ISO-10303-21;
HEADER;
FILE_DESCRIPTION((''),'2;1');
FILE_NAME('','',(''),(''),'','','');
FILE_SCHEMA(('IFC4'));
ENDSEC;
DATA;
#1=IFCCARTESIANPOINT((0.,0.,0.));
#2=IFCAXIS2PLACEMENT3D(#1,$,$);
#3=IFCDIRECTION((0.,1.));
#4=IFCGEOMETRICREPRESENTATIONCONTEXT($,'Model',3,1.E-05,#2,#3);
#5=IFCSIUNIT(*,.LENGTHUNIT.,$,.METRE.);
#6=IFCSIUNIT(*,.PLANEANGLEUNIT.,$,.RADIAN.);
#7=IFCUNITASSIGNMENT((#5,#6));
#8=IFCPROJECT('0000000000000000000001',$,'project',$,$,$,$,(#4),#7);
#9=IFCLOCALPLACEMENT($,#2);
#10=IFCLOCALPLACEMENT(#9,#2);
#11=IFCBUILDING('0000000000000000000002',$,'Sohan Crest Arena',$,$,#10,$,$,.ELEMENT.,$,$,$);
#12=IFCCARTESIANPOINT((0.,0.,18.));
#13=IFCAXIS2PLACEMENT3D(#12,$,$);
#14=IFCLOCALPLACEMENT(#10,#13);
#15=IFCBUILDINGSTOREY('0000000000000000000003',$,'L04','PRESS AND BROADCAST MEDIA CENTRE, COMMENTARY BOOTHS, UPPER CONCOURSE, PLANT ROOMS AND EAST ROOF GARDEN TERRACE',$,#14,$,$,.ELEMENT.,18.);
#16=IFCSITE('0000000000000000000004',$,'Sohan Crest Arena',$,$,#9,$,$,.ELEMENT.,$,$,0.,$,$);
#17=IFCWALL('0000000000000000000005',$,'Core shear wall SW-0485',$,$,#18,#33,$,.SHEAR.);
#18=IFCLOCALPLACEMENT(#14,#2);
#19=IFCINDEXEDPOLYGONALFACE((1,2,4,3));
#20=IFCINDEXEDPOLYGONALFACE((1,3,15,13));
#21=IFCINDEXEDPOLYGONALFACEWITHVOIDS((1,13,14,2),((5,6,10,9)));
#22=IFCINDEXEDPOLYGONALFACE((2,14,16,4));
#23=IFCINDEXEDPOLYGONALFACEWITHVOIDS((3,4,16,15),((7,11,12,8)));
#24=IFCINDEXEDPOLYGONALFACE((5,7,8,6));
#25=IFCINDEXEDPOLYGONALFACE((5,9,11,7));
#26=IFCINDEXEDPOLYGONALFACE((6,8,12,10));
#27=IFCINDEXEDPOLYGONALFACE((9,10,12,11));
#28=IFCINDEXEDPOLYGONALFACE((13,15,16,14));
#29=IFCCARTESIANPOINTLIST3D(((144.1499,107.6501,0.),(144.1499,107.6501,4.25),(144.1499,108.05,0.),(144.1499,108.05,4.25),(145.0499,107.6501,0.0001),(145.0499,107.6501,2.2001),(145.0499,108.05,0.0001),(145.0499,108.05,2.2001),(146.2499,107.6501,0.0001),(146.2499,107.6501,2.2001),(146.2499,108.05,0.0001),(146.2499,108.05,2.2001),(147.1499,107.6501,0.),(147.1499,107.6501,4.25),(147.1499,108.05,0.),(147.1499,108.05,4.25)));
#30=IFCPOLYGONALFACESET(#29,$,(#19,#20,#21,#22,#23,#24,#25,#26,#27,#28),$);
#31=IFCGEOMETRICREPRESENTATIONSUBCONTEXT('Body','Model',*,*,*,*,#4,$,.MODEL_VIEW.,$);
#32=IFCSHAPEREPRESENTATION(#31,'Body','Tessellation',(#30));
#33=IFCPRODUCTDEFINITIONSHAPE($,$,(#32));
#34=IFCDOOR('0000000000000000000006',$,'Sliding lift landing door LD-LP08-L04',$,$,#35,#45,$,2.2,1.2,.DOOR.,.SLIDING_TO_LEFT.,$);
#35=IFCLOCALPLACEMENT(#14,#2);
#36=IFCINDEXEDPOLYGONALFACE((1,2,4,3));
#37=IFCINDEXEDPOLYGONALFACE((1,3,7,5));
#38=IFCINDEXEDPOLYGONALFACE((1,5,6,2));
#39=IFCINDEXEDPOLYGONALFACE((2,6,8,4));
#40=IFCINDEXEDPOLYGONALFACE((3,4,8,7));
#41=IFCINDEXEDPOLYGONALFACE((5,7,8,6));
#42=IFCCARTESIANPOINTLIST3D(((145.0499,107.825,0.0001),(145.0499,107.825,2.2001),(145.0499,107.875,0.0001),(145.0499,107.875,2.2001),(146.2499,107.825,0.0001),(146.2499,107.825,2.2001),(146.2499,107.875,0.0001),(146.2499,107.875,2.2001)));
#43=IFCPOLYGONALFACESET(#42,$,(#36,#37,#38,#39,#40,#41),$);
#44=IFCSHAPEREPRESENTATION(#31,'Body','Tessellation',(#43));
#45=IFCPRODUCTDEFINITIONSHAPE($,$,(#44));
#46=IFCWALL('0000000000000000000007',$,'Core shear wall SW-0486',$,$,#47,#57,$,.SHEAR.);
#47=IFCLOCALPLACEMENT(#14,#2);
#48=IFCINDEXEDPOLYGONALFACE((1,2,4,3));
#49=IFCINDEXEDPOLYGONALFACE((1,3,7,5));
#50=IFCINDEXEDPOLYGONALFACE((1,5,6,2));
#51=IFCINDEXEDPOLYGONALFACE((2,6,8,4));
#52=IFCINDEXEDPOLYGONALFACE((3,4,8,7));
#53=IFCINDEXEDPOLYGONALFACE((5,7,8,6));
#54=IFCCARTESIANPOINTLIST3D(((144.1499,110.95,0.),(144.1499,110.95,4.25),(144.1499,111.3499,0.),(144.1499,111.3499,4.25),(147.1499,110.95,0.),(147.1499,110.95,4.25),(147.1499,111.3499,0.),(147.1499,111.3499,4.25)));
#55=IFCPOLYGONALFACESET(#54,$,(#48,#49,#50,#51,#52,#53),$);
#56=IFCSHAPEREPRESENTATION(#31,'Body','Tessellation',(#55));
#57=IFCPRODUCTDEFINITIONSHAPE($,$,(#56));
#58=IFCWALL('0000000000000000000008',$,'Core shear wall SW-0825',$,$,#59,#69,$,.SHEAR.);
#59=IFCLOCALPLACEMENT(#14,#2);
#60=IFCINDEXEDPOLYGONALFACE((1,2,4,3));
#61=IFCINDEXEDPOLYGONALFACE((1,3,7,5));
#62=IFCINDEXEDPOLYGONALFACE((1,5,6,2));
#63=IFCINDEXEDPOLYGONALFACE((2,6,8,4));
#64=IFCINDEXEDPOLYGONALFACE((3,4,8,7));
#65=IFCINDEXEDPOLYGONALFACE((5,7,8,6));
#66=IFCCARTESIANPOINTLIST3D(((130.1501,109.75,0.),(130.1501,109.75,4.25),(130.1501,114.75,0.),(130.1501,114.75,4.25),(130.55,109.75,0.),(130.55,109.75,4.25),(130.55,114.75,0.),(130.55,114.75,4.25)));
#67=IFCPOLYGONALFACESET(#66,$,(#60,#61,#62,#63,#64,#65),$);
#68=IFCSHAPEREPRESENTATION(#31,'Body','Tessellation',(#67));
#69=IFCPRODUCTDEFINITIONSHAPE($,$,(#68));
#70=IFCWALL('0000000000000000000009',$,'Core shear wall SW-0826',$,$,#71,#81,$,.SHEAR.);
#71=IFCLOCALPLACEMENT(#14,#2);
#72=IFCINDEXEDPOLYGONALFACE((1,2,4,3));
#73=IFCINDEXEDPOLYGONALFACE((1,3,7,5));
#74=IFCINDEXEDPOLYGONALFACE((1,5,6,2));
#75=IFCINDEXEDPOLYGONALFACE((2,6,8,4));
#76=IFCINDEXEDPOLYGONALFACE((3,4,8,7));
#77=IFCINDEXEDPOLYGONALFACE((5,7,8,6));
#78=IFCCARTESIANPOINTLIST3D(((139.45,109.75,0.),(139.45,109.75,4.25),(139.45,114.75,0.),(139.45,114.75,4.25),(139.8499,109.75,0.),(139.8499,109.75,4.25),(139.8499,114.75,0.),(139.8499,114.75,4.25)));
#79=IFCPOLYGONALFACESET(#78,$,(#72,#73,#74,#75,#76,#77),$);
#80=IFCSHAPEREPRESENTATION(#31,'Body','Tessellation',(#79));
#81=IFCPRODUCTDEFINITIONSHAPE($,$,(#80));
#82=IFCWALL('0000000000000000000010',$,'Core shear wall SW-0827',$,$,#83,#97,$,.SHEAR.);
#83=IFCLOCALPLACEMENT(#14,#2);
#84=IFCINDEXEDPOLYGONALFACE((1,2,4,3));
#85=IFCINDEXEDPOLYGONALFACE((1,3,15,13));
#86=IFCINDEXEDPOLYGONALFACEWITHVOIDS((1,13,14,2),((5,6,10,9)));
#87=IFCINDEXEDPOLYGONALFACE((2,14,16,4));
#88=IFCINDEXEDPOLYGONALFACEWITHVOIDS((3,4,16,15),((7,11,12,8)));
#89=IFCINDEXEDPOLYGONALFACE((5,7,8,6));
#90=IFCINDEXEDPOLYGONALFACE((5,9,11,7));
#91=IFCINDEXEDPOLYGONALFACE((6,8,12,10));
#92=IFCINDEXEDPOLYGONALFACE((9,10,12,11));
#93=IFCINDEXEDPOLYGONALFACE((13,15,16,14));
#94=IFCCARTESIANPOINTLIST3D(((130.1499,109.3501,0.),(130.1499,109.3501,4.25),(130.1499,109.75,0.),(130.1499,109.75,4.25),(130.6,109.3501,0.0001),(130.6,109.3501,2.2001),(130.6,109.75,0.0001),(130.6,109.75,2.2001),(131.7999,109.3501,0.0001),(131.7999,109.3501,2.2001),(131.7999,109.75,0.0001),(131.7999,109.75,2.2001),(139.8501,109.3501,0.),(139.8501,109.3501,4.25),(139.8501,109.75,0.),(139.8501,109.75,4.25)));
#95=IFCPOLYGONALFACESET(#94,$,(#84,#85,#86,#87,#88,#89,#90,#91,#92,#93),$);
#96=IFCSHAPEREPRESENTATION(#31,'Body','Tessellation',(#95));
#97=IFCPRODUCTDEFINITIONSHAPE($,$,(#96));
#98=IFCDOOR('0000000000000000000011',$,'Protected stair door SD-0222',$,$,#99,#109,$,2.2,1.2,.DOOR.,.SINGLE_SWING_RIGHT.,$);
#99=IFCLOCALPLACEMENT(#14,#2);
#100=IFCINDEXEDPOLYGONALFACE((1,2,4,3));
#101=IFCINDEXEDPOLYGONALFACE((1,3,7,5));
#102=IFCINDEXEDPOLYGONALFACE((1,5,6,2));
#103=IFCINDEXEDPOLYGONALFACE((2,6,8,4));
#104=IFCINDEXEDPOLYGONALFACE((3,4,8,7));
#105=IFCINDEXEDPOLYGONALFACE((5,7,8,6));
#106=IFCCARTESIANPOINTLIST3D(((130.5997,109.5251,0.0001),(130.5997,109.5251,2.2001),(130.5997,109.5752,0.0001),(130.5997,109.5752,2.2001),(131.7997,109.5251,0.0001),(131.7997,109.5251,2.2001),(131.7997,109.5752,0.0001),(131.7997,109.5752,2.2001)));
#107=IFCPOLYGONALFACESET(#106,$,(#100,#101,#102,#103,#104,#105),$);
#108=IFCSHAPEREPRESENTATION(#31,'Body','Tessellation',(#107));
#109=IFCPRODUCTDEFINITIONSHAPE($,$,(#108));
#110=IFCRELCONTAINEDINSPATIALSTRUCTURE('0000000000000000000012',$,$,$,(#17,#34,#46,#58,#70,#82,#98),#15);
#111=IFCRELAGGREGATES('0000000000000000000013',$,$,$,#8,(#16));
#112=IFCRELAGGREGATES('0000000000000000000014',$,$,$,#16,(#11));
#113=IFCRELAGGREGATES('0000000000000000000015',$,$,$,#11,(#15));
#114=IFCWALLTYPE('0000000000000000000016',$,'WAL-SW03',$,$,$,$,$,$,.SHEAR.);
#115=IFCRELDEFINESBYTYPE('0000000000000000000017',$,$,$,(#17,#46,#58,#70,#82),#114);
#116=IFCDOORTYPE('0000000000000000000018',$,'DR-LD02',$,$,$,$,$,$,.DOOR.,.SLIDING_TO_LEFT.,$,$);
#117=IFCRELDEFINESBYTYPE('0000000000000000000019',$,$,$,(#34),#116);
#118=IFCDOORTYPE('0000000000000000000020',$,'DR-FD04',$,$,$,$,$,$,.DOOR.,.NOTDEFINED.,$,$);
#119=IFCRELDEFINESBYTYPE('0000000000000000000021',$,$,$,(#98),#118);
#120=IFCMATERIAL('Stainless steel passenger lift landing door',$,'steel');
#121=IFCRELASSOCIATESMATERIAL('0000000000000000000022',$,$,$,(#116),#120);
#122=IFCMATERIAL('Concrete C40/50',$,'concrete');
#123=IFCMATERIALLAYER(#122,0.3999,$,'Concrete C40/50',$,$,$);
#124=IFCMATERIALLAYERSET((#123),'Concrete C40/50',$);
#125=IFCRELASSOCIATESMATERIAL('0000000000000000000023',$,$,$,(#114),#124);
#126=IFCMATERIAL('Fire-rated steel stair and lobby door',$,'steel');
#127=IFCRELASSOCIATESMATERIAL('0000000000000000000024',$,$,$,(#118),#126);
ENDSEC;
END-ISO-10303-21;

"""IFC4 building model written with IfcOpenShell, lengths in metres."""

from ifc_helpers import new_model, si_unit, direction, frame, frame_2d, origin, place, context, subcontext, project, spatial, rectangle, extrude, material, layer, layer_set, type_object, element, fill, save


model = new_model("IFC4")

# Units and contexts
model_context = context("Model", 3, precision=1e-05, world=origin(), true_north=direction((0.0, 1.0)))
body_context = subcontext(model_context, "Body", "Model", "MODEL_VIEW")
ifc_project = project(units=[si_unit("LENGTHUNIT", "METRE"), si_unit("PLANEANGLEUNIT", "RADIAN")], contexts=[model_context])

# Site, building, storey
site_placement = place(None, origin())
site = spatial("IfcSite", under=ifc_project, at=site_placement, Name="Sohan Crest Arena", CompositionType="ELEMENT", RefElevation=0.0)
building_placement = place(site_placement, origin())
building = spatial("IfcBuilding", under=site, at=building_placement, Name="Sohan Crest Arena", CompositionType="ELEMENT")
storey_placement = place(building_placement, frame((0.0, 0.0, 18.0)))
storey = spatial("IfcBuildingStorey", under=building, at=storey_placement, Name="L04", Description="PRESS AND BROADCAST MEDIA CENTRE, COMMENTARY BOOTHS, UPPER CONCOURSE, PLANT ROOMS AND EAST ROOF GARDEN TERRACE", CompositionType="ELEMENT", Elevation=18.0)

# Shared definitions
ifc_material_1 = material(Name="Concrete C40/50", Category="concrete")

# Shared definitions
ifc_material_2 = material(Name="Stainless steel passenger lift landing door", Category="steel")
door_type_1 = type_object("IfcDoorType", Name="DR-LD02", OperationType="SLIDING_TO_LEFT", PredefinedType="DOOR", material=ifc_material_2)

# Shared definitions
ifc_layer_1 = layer(ifc_material_1, 0.3999, Name="Concrete C40/50")
ifc_layer_set_1 = layer_set([ifc_layer_1], Name="Concrete C40/50")
wall_type_1 = type_object("IfcWallType", Name="WAL-SW03", PredefinedType="SHEAR", material=ifc_layer_set_1)

# Wall, opening, door
wall_1_placement = place(storey_placement, frame((144.1499, 107.8501, 0.0), z_axis=(0.0, 0.0, 1.0), x_axis=(1.0, 0.0, 0.0)))
wall_1 = element("IfcWall", 1, at=wall_1_placement, inside=storey, type_object=wall_type_1, Name="Core shear wall SW-0485", PredefinedType="SHEAR", context=body_context, shape_type="SweptSolid", body=[
    extrude(rectangle(XDim=3.0, YDim=0.3999, at=frame_2d((1.5, 0.0))), origin(), (0.0, 0.0, 1.0), 4.25),
])
opening_1_placement = place(wall_1_placement, frame((0.8999, 0.0, 0.0)))
opening_1 = element("IfcOpeningElement", 2, at=opening_1_placement, cuts=wall_1, PredefinedType="OPENING", context=body_context, shape_type="SweptSolid", body=[
    extrude(rectangle(XDim=1.2, YDim=2.2, at=frame_2d((0.6001, 1.1001))), frame((0.0, 0.21, 0.0), z_axis=(0.0, -1.0, 0.0), x_axis=(1.0, 0.0, 0.0)), (0.0, 0.0, 1.0), 0.4199),
])
door_1_placement = place(opening_1_placement, origin())
door_1 = element("IfcDoor", 3, at=door_1_placement, inside=storey, type_object=door_type_1, Name="Sliding lift landing door LD-LP08-L04", OperationType="SLIDING_TO_LEFT", OverallHeight=2.2, OverallWidth=1.2, PredefinedType="DOOR", context=body_context, shape_type="SweptSolid", body=[
    extrude(rectangle(XDim=1.2, YDim=2.2, at=frame_2d((0.6001, 1.1001))), frame((0.0, 0.0249, 0.0), z_axis=(0.0, -1.0, 0.0), x_axis=(1.0, 0.0, 0.0)), (0.0, 0.0, 1.0), 0.05),
])
fill(opening_1, door_1)

# Walls
wall_2_placement = place(storey_placement, frame((144.1499, 111.1499, 0.0), z_axis=(0.0, 0.0, 1.0), x_axis=(1.0, 0.0, 0.0)))
element("IfcWall", 4, at=wall_2_placement, inside=storey, type_object=wall_type_1, Name="Core shear wall SW-0486", PredefinedType="SHEAR", context=body_context, shape_type="SweptSolid", body=[
    extrude(rectangle(XDim=3.0, YDim=0.3999, at=frame_2d((1.5, 0.0))), origin(), (0.0, 0.0, 1.0), 4.25),
])
for number, where, z_axis, x_axis, name in (
    (5, (130.3501, 109.75, 0.0), (0.0, 0.0, 1.0), (0.0, 1.0, 0.0), "Core shear wall SW-0825"),
    (6, (139.6499, 109.75, 0.0), (0.0, 0.0, 1.0), (0.0, 1.0, 0.0), "Core shear wall SW-0826"),
):
    element("IfcWall", number, at=place(storey_placement, frame(where, z_axis=z_axis, x_axis=x_axis)), inside=storey, type_object=wall_type_1, Name=name, PredefinedType="SHEAR", context=body_context, shape_type="SweptSolid", body=[
        extrude(rectangle(XDim=5.0, YDim=0.3999, at=frame_2d((2.5, 0.0))), origin(), (0.0, 0.0, 1.0), 4.25),
    ])

# Wall, opening, door
wall_3_placement = place(storey_placement, frame((130.1499, 109.55, 0.0), z_axis=(0.0, 0.0, 1.0), x_axis=(1.0, 0.0, 0.0)))
wall_3 = element("IfcWall", 7, at=wall_3_placement, inside=storey, type_object=wall_type_1, Name="Core shear wall SW-0827", PredefinedType="SHEAR", context=body_context, shape_type="SweptSolid", body=[
    extrude(rectangle(XDim=9.7002, YDim=0.3999, at=frame_2d((4.8501, 0.0))), origin(), (0.0, 0.0, 1.0), 4.25),
])
opening_2_placement = place(wall_3_placement, frame((0.45, 0.0, 0.0)))
opening_2 = element("IfcOpeningElement", 8, at=opening_2_placement, cuts=wall_3, PredefinedType="OPENING", context=body_context, shape_type="SweptSolid", body=[
    extrude(rectangle(XDim=1.2, YDim=2.2, at=frame_2d((0.6001, 1.1001))), frame((0.0, 0.21, 0.0), z_axis=(0.0, -1.0, 0.0), x_axis=(1.0, 0.0, 0.0)), (0.0, 0.0, 1.0), 0.4199),
])
ifc_material_3 = material(Name="Fire-rated steel stair and lobby door", Category="steel")
door_type_2 = type_object("IfcDoorType", Name="DR-FD04", OperationType="NOTDEFINED", PredefinedType="DOOR", material=ifc_material_3)
door_2_placement = place(opening_2_placement, frame((1.2, 0.0, 0.0), z_axis=(0.0, 0.0, 1.0), x_axis=(-1.0, 0.0, 0.0)))
door_2 = element("IfcDoor", 9, at=door_2_placement, inside=storey, type_object=door_type_2, Name="Protected stair door SD-0222", OperationType="SINGLE_SWING_RIGHT", OverallHeight=2.2, OverallWidth=1.2, PredefinedType="DOOR", context=body_context, shape_type="SweptSolid", body=[
    extrude(rectangle(XDim=1.2, YDim=2.2, at=frame_2d((0.6001, 1.1001))), frame((0.0, 0.0249, 0.0), z_axis=(0.0, -1.0, 0.0), x_axis=(1.0, 0.0, 0.0)), (0.0, 0.0, 1.0), 0.05),
])
fill(opening_2, door_2)

save(model, "model.ifc")
